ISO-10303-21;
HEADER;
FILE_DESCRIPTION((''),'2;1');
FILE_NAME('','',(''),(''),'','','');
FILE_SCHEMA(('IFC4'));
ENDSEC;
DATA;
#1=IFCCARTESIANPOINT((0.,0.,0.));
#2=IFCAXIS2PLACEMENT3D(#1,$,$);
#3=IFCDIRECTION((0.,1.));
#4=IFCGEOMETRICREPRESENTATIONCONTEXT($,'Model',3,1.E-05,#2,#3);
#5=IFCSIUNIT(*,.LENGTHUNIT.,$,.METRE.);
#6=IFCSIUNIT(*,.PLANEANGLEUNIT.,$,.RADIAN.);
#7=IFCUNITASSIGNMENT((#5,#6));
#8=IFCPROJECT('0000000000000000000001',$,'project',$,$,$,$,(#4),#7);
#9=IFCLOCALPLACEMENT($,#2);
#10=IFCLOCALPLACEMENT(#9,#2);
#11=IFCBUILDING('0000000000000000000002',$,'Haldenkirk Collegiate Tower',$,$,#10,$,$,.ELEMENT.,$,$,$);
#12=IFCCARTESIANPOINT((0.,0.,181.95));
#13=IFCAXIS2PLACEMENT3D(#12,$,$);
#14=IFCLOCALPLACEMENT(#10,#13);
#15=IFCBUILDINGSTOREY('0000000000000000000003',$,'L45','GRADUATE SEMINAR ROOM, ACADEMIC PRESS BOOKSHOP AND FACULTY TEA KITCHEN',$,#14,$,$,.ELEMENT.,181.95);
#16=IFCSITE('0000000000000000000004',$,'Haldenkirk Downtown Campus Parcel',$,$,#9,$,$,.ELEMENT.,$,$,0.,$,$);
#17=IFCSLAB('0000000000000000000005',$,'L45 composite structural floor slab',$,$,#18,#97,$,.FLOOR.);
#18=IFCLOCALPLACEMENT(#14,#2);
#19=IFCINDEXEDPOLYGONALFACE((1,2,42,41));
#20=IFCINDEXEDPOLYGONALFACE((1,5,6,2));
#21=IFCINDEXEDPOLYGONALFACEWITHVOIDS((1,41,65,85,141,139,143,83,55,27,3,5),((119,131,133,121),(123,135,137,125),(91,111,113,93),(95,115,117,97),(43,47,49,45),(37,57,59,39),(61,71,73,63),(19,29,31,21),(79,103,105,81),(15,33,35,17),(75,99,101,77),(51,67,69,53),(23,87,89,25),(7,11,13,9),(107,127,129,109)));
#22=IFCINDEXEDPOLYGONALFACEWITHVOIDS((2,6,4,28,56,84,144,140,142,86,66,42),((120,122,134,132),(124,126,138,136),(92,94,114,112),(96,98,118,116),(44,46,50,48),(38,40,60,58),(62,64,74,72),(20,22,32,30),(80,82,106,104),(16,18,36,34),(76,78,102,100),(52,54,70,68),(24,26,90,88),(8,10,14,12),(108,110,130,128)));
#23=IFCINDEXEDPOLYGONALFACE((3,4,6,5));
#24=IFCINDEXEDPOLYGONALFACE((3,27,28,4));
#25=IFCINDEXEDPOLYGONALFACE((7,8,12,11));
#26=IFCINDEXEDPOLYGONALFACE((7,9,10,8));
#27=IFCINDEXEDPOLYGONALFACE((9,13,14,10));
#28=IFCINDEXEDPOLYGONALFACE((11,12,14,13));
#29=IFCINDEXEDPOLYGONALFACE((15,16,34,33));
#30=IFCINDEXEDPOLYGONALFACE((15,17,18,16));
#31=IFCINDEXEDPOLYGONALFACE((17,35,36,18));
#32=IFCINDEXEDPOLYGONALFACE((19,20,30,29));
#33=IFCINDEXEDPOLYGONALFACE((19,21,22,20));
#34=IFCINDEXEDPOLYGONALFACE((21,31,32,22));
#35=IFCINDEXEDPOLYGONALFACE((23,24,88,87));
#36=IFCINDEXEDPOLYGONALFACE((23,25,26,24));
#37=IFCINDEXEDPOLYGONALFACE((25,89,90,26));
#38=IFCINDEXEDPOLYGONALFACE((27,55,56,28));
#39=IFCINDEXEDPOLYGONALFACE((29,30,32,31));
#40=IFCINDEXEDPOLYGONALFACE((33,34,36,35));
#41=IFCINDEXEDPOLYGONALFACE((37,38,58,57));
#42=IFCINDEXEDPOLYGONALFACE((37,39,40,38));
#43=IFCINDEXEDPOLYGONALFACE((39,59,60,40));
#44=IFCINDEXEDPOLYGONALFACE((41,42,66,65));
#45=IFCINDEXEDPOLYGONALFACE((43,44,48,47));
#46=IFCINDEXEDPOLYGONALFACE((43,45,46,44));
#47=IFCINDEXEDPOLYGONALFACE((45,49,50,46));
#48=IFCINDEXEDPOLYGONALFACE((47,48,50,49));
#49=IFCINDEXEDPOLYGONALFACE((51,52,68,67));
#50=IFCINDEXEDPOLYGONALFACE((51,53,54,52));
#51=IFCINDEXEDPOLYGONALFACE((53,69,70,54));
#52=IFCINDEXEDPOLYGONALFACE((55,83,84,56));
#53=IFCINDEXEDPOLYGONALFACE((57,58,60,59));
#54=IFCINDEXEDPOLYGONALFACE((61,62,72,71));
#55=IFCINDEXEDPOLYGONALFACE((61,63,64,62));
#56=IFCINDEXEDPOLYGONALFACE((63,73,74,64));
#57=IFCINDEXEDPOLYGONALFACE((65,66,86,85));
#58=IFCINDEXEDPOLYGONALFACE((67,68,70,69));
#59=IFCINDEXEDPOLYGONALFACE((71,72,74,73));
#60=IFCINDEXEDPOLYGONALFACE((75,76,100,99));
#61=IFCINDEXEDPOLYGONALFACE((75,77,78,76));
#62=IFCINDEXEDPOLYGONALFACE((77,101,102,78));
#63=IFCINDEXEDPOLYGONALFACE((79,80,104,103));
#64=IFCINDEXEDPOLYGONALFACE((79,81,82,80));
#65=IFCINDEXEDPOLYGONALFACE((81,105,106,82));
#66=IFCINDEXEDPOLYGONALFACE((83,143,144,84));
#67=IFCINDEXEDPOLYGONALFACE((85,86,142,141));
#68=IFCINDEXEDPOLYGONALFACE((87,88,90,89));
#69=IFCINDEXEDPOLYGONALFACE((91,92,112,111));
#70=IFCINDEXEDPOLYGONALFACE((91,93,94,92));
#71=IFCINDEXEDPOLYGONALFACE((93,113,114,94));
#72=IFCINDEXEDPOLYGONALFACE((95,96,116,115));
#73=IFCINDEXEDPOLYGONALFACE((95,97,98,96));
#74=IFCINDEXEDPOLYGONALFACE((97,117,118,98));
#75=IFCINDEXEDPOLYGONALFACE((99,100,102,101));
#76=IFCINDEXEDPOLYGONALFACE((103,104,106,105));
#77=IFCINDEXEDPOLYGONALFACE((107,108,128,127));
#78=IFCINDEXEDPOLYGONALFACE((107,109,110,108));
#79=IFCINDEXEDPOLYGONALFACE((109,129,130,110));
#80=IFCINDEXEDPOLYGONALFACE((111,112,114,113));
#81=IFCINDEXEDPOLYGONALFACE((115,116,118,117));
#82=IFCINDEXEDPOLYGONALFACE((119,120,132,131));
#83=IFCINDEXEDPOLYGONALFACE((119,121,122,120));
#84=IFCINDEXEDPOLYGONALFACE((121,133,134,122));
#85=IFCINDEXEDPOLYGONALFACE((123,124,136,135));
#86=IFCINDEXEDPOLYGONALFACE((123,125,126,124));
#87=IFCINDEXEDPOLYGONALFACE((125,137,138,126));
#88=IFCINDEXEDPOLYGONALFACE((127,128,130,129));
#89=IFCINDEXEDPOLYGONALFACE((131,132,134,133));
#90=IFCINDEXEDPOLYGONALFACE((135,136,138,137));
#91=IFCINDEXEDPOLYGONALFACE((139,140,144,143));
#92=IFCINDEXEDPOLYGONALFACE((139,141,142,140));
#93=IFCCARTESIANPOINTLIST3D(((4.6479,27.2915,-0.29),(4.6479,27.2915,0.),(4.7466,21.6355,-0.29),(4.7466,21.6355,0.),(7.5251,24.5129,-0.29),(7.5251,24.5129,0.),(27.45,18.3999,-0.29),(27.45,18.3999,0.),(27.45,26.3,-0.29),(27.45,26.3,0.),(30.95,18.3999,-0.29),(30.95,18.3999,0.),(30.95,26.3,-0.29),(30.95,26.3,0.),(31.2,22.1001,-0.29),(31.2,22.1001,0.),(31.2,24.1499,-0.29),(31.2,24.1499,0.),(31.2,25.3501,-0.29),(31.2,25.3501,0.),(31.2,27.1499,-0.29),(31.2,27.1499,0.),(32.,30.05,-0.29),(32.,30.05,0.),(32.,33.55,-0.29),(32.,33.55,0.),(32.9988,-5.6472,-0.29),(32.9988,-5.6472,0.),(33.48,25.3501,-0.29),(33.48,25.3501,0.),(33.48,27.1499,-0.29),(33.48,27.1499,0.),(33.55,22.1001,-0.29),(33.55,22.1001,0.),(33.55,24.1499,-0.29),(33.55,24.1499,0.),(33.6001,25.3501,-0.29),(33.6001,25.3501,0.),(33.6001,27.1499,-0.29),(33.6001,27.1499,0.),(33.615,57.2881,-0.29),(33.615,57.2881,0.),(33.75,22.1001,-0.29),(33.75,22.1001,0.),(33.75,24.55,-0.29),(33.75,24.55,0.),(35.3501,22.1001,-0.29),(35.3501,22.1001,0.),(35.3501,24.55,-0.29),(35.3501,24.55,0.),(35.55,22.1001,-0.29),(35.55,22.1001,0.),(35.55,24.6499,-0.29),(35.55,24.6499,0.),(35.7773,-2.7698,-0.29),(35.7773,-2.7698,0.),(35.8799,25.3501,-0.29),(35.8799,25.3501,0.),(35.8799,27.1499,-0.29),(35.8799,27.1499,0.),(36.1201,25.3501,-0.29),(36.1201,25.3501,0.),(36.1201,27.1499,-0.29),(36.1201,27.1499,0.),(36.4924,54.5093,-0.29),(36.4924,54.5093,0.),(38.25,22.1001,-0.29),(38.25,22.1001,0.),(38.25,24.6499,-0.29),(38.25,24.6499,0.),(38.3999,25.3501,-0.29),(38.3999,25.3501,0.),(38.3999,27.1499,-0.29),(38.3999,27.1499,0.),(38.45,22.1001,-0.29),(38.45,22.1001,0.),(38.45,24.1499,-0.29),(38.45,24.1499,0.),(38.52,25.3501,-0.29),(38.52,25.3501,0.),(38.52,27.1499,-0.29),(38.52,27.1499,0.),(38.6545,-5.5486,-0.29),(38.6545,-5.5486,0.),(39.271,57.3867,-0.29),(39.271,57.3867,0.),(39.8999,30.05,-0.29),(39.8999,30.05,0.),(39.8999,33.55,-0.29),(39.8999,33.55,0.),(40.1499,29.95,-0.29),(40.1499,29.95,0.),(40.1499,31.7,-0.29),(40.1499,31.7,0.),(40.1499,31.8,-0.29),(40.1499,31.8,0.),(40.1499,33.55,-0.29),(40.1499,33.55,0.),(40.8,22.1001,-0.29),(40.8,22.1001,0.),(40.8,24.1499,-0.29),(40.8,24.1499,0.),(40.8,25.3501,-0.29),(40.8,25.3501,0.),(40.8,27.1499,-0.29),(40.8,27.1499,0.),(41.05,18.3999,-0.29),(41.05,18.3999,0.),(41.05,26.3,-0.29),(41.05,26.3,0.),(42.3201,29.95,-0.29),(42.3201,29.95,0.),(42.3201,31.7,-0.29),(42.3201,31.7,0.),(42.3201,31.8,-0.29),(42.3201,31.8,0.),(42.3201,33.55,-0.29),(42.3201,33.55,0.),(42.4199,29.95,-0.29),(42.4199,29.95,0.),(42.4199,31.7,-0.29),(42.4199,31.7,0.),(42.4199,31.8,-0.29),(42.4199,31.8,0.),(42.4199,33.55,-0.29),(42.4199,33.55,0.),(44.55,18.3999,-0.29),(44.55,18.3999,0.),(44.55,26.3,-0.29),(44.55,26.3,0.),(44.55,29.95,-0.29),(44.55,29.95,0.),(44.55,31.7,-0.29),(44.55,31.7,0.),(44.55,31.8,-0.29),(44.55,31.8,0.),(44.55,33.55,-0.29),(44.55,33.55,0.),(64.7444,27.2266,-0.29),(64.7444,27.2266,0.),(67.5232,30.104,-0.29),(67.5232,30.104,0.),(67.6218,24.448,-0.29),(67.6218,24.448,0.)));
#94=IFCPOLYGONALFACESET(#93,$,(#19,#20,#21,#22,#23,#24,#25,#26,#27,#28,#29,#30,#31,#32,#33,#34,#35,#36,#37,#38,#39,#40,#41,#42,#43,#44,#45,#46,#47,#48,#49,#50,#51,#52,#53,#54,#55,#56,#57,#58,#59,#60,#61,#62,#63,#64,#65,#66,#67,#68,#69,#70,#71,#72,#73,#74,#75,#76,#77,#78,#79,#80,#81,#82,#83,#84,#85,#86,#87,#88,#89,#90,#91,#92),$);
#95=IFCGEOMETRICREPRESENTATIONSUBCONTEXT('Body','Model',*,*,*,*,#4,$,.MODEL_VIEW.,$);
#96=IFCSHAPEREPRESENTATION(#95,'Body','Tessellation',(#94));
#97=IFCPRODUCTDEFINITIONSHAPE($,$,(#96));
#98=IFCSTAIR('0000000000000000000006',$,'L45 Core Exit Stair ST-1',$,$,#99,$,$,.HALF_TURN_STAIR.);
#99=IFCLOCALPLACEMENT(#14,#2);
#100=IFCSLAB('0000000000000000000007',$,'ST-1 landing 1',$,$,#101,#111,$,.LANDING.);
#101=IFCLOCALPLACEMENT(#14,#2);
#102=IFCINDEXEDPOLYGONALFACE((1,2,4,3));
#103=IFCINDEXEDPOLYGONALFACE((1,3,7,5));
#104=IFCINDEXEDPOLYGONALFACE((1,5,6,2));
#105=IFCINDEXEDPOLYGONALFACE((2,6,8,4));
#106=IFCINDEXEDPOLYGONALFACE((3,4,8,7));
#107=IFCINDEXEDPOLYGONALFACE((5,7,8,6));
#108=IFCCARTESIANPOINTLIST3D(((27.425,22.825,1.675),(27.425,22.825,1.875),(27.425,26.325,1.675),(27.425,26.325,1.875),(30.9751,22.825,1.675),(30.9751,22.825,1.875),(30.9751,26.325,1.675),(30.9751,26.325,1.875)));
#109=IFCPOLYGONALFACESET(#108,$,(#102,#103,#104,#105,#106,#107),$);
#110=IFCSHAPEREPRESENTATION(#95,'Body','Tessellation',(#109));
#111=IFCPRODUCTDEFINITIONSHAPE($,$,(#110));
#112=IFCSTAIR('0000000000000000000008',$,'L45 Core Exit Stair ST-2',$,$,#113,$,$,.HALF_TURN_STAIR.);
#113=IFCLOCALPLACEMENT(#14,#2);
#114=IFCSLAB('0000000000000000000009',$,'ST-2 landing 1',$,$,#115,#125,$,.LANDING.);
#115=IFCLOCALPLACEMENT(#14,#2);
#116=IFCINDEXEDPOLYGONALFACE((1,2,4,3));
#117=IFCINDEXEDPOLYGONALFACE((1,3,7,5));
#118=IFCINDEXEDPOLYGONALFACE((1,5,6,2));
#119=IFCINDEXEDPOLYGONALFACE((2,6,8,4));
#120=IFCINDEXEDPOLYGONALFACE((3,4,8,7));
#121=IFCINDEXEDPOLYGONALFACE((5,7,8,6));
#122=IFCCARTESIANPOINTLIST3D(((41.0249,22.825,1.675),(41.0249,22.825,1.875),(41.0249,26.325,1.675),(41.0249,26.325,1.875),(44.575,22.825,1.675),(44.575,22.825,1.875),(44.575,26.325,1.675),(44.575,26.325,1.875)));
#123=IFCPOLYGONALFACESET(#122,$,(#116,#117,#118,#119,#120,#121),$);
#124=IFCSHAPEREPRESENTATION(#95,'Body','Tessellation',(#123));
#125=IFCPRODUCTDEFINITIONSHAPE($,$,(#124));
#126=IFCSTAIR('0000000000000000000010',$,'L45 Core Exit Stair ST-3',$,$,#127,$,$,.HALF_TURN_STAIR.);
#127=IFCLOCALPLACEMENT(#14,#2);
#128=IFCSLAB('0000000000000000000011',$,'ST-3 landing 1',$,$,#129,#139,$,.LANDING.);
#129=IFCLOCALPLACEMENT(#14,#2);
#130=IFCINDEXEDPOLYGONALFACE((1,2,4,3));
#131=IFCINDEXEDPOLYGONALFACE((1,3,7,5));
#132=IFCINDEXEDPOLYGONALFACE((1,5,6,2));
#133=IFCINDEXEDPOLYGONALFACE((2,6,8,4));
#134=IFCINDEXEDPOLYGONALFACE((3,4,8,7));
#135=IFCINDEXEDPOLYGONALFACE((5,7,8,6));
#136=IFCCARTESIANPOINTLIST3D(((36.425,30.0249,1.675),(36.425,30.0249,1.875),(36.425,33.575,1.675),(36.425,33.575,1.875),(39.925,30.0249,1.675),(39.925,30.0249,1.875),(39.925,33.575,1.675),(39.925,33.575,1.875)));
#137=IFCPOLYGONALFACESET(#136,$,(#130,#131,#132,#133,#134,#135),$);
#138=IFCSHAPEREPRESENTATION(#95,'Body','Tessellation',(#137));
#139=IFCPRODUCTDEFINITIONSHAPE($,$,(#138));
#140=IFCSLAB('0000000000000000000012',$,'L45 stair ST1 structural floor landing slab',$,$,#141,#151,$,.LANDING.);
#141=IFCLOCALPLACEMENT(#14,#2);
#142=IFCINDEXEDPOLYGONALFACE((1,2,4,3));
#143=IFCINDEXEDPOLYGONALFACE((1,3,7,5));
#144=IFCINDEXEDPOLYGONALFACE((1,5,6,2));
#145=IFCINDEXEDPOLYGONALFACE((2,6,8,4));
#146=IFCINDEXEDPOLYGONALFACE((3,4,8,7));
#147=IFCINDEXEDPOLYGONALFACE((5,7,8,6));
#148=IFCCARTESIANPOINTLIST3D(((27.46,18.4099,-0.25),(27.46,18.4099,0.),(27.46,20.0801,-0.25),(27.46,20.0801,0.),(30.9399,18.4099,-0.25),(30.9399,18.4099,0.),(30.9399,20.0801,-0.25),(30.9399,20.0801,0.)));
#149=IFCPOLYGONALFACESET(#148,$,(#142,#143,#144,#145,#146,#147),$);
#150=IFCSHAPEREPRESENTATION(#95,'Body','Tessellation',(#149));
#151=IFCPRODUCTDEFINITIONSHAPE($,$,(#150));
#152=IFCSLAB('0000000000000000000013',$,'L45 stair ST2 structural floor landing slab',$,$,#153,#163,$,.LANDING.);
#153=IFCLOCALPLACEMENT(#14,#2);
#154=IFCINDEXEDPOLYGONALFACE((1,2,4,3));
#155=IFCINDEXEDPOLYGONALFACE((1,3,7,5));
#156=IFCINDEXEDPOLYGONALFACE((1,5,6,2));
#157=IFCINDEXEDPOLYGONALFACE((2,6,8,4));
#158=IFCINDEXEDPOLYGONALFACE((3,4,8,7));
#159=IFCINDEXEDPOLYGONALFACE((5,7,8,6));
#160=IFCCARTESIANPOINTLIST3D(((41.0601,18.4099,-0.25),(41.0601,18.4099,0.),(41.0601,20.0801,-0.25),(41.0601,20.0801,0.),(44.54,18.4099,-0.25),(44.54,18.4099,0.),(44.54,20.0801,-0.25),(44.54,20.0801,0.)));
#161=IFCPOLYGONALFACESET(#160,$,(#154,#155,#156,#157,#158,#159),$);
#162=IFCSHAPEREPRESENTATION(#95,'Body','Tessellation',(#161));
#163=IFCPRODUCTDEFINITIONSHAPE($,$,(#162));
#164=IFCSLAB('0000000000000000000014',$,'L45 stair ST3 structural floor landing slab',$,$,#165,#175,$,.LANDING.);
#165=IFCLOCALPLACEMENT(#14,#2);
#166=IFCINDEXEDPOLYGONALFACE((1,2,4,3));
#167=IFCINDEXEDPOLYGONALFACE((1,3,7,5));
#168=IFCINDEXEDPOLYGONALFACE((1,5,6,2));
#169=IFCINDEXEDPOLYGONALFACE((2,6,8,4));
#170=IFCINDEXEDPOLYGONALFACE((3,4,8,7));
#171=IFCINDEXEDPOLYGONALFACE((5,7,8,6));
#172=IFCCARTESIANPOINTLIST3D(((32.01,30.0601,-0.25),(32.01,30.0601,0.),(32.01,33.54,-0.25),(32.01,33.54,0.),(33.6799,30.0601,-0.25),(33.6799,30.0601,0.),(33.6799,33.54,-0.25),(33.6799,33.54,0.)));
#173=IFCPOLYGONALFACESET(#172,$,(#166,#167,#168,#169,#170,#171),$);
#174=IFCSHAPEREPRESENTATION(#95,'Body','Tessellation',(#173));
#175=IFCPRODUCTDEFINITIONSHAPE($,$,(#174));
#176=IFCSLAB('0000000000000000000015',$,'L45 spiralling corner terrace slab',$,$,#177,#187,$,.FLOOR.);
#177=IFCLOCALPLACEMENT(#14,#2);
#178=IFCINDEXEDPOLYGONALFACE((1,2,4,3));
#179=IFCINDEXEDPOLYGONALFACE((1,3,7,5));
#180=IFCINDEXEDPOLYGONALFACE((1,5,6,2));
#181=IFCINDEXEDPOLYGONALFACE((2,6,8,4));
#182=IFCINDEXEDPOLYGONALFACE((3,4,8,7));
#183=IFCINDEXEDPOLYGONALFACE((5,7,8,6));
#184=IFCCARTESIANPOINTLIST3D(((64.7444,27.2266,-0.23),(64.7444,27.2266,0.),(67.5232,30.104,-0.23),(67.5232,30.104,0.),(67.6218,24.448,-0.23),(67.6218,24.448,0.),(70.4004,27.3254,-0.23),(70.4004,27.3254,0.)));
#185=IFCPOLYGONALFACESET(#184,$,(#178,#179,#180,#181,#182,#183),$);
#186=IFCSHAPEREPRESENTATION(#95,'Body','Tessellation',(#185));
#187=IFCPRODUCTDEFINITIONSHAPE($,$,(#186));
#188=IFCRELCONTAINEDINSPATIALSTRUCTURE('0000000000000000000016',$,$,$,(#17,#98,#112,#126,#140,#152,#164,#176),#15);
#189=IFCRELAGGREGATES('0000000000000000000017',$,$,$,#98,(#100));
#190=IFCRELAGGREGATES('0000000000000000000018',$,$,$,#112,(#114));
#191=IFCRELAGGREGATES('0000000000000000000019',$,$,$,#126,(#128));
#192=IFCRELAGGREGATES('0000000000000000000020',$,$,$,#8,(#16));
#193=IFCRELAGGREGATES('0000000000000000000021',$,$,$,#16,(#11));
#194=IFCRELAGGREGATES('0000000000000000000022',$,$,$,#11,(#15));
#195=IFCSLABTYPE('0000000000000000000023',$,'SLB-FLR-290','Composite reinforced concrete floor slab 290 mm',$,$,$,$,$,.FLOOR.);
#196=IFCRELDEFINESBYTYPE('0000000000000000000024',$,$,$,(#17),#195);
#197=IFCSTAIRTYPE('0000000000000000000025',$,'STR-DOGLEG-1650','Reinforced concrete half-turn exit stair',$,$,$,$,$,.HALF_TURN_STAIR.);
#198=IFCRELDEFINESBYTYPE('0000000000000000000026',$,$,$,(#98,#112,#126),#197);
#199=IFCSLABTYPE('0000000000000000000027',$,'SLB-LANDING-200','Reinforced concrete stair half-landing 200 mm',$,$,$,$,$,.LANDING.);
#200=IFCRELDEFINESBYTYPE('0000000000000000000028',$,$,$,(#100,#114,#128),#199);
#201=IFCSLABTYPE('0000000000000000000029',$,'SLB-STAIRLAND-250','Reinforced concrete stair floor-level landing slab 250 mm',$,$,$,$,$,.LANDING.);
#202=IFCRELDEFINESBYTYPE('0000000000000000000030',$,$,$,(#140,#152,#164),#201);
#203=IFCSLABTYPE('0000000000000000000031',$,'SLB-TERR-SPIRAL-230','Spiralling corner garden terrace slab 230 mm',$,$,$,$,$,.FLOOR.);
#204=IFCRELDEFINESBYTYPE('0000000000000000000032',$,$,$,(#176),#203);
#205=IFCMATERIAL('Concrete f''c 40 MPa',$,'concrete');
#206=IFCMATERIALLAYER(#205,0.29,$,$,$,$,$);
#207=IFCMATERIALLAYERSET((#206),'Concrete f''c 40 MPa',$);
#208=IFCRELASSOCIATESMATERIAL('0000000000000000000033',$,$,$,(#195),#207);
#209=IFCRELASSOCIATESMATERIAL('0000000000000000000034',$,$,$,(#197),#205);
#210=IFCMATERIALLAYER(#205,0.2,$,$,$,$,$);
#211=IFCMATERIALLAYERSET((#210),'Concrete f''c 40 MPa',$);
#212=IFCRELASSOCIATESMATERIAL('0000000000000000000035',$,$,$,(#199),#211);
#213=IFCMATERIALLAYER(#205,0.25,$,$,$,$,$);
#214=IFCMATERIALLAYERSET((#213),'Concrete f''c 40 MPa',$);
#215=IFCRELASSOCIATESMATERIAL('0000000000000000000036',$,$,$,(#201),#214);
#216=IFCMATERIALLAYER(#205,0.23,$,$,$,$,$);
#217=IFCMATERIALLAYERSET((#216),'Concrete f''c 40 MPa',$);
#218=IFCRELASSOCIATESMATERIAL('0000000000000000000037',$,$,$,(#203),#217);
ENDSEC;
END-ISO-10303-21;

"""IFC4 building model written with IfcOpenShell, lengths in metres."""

from ifc_helpers import new_model, si_unit, direction, frame, origin, place, context, subcontext, project, spatial, polyline, outline, extrude, material, layer, layer_set, type_object, element, aggregate, save


model = new_model("IFC4")

# Units and contexts
model_context = context("Model", 3, precision=1e-05, world=origin(), true_north=direction((0.0, 1.0)))
body_context = subcontext(model_context, "Body", "Model", "MODEL_VIEW")
ifc_project = project(units=[si_unit("LENGTHUNIT", "METRE"), si_unit("PLANEANGLEUNIT", "RADIAN")], contexts=[model_context])

# Site, building, storey
site_placement = place(None, origin())
site = spatial("IfcSite", under=ifc_project, at=site_placement, Name="Haldenkirk Downtown Campus Parcel", CompositionType="ELEMENT", RefElevation=0.0)
building_placement = place(site_placement, origin())
building = spatial("IfcBuilding", under=site, at=building_placement, Name="Haldenkirk Collegiate Tower", CompositionType="ELEMENT")
storey_placement = place(building_placement, frame((0.0, 0.0, 181.95)))
storey = spatial("IfcBuildingStorey", under=building, at=storey_placement, Name="L45", Description="GRADUATE SEMINAR ROOM, ACADEMIC PRESS BOOKSHOP AND FACULTY TEA KITCHEN", CompositionType="ELEMENT", Elevation=181.95)

# Slab
ifc_material_1 = material(Name="Concrete f'c 40 MPa", Category="concrete")
ifc_layer_1 = layer(ifc_material_1, 0.29)
ifc_layer_set_1 = layer_set([ifc_layer_1], Name="Concrete f'c 40 MPa")
slab_type_1 = type_object("IfcSlabType", Name="SLB-FLR-290", Description="Composite reinforced concrete floor slab 290 mm", PredefinedType="FLOOR", material=ifc_layer_set_1)
slab_1_placement = place(storey_placement, frame((0.0, 0.0, -0.29)))
element("IfcSlab", 1, at=slab_1_placement, inside=storey, type_object=slab_type_1, Name="L45 composite structural floor slab", PredefinedType="FLOOR", context=body_context, shape_type="SweptSolid", body=[
    extrude(outline(polyline([(38.6545, -5.5486), (67.6218, 24.448), (64.7444, 27.2266), (67.5232, 30.104), (39.271, 57.3867), (36.4924, 54.5093), (33.615, 57.2881), (4.6479, 27.2915), (7.5251, 24.5129), (4.7466, 21.6355), (32.9988, -5.6472), (35.7773, -2.7698), (38.6545, -5.5486)]), holes=[polyline([(27.45, 18.3999), (30.95, 18.3999), (30.95, 26.3), (27.45, 26.3), (27.45, 18.3999)]), polyline([(41.05, 18.3999), (44.55, 18.3999), (44.55, 26.3), (41.05, 26.3), (41.05, 18.3999)]), polyline([(32.0, 30.05), (39.8999, 30.05), (39.8999, 33.55), (32.0, 33.55), (32.0, 30.05)]), polyline([(33.75, 22.1001), (35.3501, 22.1001), (35.3501, 24.55), (33.75, 24.55), (33.75, 22.1001)]), polyline([(40.1499, 29.95), (42.3201, 29.95), (42.3201, 31.7), (40.1499, 31.7), (40.1499, 29.95)]), polyline([(42.4199, 29.95), (44.55, 29.95), (44.55, 31.7), (42.4199, 31.7), (42.4199, 29.95)]), polyline([(40.1499, 31.8), (42.3201, 31.8), (42.3201, 33.55), (40.1499, 33.55), (40.1499, 31.8)]), polyline([(42.4199, 31.8), (44.55, 31.8), (44.55, 33.55), (42.4199, 33.55), (42.4199, 31.8)]), polyline([(31.2, 25.3501), (33.48, 25.3501), (33.48, 27.1499), (31.2, 27.1499), (31.2, 25.3501)]), polyline([(33.6001, 25.3501), (35.8799, 25.3501), (35.8799, 27.1499), (33.6001, 27.1499), (33.6001, 25.3501)]), polyline([(36.1201, 25.3501), (38.3999, 25.3501), (38.3999, 27.1499), (36.1201, 27.1499), (36.1201, 25.3501)]), polyline([(38.52, 25.3501), (40.8, 25.3501), (40.8, 27.1499), (38.52, 27.1499), (38.52, 25.3501)]), polyline([(31.2, 22.1001), (33.55, 22.1001), (33.55, 24.1499), (31.2, 24.1499), (31.2, 22.1001)]), polyline([(38.45, 22.1001), (40.8, 22.1001), (40.8, 24.1499), (38.45, 24.1499), (38.45, 22.1001)]), polyline([(35.55, 22.1001), (38.25, 22.1001), (38.25, 24.6499), (35.55, 24.6499), (35.55, 22.1001)])]), origin(), (0.0, 0.0, 1.0), 0.29),
])

# Stairs, slabs
stair_type = type_object("IfcStairType", Name="STR-DOGLEG-1650", Description="Reinforced concrete half-turn exit stair", PredefinedType="HALF_TURN_STAIR", material=ifc_material_1)
stair_1_placement = place(storey_placement, origin())
stair_1 = element("IfcStair", 2, at=stair_1_placement, inside=storey, type_object=stair_type, Name="L45 Core Exit Stair ST-1", PredefinedType="HALF_TURN_STAIR")
ifc_layer_2 = layer(ifc_material_1, 0.2)
ifc_layer_set_2 = layer_set([ifc_layer_2], Name="Concrete f'c 40 MPa")
slab_type_2 = type_object("IfcSlabType", Name="SLB-LANDING-200", Description="Reinforced concrete stair half-landing 200 mm", PredefinedType="LANDING", material=ifc_layer_set_2)
slab_2_placement = place(storey_placement, frame((0.0, 0.0, 1.675)))
slab_2 = element("IfcSlab", 3, at=slab_2_placement, type_object=slab_type_2, Name="ST-1 landing 1", PredefinedType="LANDING", context=body_context, shape_type="SweptSolid", body=[
    extrude(outline(polyline([(30.9751, 22.825), (27.425, 22.825), (27.425, 26.325), (30.9751, 26.325), (30.9751, 22.825)])), origin(), (0.0, 0.0, 1.0), 0.2),
])
aggregate(stair_1, [slab_2])
stair_2_placement = place(storey_placement, origin())
stair_2 = element("IfcStair", 4, at=stair_2_placement, inside=storey, type_object=stair_type, Name="L45 Core Exit Stair ST-2", PredefinedType="HALF_TURN_STAIR")
slab_3_placement = place(storey_placement, frame((0.0, 0.0, 1.675)))
slab_3 = element("IfcSlab", 5, at=slab_3_placement, type_object=slab_type_2, Name="ST-2 landing 1", PredefinedType="LANDING", context=body_context, shape_type="SweptSolid", body=[
    extrude(outline(polyline([(44.575, 22.825), (41.0249, 22.825), (41.0249, 26.325), (44.575, 26.325), (44.575, 22.825)])), origin(), (0.0, 0.0, 1.0), 0.2),
])
aggregate(stair_2, [slab_3])
stair_3_placement = place(storey_placement, origin())
stair_3 = element("IfcStair", 6, at=stair_3_placement, inside=storey, type_object=stair_type, Name="L45 Core Exit Stair ST-3", PredefinedType="HALF_TURN_STAIR")
slab_4_placement = place(storey_placement, frame((0.0, 0.0, 1.675)))
slab_4 = element("IfcSlab", 7, at=slab_4_placement, type_object=slab_type_2, Name="ST-3 landing 1", PredefinedType="LANDING", context=body_context, shape_type="SweptSolid", body=[
    extrude(outline(polyline([(36.425, 30.0249), (36.425, 33.575), (39.925, 33.575), (39.925, 30.0249), (36.425, 30.0249)])), origin(), (0.0, 0.0, 1.0), 0.2),
])
aggregate(stair_3, [slab_4])

# Slabs
ifc_layer_3 = layer(ifc_material_1, 0.25)
ifc_layer_set_3 = layer_set([ifc_layer_3], Name="Concrete f'c 40 MPa")
slab_type_3 = type_object("IfcSlabType", Name="SLB-STAIRLAND-250", Description="Reinforced concrete stair floor-level landing slab 250 mm", PredefinedType="LANDING", material=ifc_layer_set_3)
slab_5_placement = place(storey_placement, frame((0.0, 0.0, -0.25)))
element("IfcSlab", 8, at=slab_5_placement, inside=storey, type_object=slab_type_3, Name="L45 stair ST1 structural floor landing slab", PredefinedType="LANDING", context=body_context, shape_type="SweptSolid", body=[
    extrude(outline(polyline([(27.46, 18.4099), (30.9399, 18.4099), (30.9399, 20.0801), (27.46, 20.0801), (27.46, 18.4099)])), origin(), (0.0, 0.0, 1.0), 0.25),
])
slab_6_placement = place(storey_placement, frame((0.0, 0.0, -0.25)))
element("IfcSlab", 9, at=slab_6_placement, inside=storey, type_object=slab_type_3, Name="L45 stair ST2 structural floor landing slab", PredefinedType="LANDING", context=body_context, shape_type="SweptSolid", body=[
    extrude(outline(polyline([(41.0601, 18.4099), (44.54, 18.4099), (44.54, 20.0801), (41.0601, 20.0801), (41.0601, 18.4099)])), origin(), (0.0, 0.0, 1.0), 0.25),
])
slab_7_placement = place(storey_placement, frame((0.0, 0.0, -0.25)))
element("IfcSlab", 10, at=slab_7_placement, inside=storey, type_object=slab_type_3, Name="L45 stair ST3 structural floor landing slab", PredefinedType="LANDING", context=body_context, shape_type="SweptSolid", body=[
    extrude(outline(polyline([(32.01, 30.0601), (33.6799, 30.0601), (33.6799, 33.54), (32.01, 33.54), (32.01, 30.0601)])), origin(), (0.0, 0.0, 1.0), 0.25),
])
ifc_layer_4 = layer(ifc_material_1, 0.23)
ifc_layer_set_4 = layer_set([ifc_layer_4], Name="Concrete f'c 40 MPa")
slab_type_4 = type_object("IfcSlabType", Name="SLB-TERR-SPIRAL-230", Description="Spiralling corner garden terrace slab 230 mm", PredefinedType="FLOOR", material=ifc_layer_set_4)
slab_8_placement = place(storey_placement, frame((0.0, 0.0, -0.23)))
element("IfcSlab", 11, at=slab_8_placement, inside=storey, type_object=slab_type_4, Name="L45 spiralling corner terrace slab", PredefinedType="FLOOR", context=body_context, shape_type="SweptSolid", body=[
    extrude(outline(polyline([(67.6218, 24.448), (70.4004, 27.3254), (67.5232, 30.104), (64.7444, 27.2266), (67.6218, 24.448)])), origin(), (0.0, 0.0, 1.0), 0.23),
])

save(model, "model.ifc")
